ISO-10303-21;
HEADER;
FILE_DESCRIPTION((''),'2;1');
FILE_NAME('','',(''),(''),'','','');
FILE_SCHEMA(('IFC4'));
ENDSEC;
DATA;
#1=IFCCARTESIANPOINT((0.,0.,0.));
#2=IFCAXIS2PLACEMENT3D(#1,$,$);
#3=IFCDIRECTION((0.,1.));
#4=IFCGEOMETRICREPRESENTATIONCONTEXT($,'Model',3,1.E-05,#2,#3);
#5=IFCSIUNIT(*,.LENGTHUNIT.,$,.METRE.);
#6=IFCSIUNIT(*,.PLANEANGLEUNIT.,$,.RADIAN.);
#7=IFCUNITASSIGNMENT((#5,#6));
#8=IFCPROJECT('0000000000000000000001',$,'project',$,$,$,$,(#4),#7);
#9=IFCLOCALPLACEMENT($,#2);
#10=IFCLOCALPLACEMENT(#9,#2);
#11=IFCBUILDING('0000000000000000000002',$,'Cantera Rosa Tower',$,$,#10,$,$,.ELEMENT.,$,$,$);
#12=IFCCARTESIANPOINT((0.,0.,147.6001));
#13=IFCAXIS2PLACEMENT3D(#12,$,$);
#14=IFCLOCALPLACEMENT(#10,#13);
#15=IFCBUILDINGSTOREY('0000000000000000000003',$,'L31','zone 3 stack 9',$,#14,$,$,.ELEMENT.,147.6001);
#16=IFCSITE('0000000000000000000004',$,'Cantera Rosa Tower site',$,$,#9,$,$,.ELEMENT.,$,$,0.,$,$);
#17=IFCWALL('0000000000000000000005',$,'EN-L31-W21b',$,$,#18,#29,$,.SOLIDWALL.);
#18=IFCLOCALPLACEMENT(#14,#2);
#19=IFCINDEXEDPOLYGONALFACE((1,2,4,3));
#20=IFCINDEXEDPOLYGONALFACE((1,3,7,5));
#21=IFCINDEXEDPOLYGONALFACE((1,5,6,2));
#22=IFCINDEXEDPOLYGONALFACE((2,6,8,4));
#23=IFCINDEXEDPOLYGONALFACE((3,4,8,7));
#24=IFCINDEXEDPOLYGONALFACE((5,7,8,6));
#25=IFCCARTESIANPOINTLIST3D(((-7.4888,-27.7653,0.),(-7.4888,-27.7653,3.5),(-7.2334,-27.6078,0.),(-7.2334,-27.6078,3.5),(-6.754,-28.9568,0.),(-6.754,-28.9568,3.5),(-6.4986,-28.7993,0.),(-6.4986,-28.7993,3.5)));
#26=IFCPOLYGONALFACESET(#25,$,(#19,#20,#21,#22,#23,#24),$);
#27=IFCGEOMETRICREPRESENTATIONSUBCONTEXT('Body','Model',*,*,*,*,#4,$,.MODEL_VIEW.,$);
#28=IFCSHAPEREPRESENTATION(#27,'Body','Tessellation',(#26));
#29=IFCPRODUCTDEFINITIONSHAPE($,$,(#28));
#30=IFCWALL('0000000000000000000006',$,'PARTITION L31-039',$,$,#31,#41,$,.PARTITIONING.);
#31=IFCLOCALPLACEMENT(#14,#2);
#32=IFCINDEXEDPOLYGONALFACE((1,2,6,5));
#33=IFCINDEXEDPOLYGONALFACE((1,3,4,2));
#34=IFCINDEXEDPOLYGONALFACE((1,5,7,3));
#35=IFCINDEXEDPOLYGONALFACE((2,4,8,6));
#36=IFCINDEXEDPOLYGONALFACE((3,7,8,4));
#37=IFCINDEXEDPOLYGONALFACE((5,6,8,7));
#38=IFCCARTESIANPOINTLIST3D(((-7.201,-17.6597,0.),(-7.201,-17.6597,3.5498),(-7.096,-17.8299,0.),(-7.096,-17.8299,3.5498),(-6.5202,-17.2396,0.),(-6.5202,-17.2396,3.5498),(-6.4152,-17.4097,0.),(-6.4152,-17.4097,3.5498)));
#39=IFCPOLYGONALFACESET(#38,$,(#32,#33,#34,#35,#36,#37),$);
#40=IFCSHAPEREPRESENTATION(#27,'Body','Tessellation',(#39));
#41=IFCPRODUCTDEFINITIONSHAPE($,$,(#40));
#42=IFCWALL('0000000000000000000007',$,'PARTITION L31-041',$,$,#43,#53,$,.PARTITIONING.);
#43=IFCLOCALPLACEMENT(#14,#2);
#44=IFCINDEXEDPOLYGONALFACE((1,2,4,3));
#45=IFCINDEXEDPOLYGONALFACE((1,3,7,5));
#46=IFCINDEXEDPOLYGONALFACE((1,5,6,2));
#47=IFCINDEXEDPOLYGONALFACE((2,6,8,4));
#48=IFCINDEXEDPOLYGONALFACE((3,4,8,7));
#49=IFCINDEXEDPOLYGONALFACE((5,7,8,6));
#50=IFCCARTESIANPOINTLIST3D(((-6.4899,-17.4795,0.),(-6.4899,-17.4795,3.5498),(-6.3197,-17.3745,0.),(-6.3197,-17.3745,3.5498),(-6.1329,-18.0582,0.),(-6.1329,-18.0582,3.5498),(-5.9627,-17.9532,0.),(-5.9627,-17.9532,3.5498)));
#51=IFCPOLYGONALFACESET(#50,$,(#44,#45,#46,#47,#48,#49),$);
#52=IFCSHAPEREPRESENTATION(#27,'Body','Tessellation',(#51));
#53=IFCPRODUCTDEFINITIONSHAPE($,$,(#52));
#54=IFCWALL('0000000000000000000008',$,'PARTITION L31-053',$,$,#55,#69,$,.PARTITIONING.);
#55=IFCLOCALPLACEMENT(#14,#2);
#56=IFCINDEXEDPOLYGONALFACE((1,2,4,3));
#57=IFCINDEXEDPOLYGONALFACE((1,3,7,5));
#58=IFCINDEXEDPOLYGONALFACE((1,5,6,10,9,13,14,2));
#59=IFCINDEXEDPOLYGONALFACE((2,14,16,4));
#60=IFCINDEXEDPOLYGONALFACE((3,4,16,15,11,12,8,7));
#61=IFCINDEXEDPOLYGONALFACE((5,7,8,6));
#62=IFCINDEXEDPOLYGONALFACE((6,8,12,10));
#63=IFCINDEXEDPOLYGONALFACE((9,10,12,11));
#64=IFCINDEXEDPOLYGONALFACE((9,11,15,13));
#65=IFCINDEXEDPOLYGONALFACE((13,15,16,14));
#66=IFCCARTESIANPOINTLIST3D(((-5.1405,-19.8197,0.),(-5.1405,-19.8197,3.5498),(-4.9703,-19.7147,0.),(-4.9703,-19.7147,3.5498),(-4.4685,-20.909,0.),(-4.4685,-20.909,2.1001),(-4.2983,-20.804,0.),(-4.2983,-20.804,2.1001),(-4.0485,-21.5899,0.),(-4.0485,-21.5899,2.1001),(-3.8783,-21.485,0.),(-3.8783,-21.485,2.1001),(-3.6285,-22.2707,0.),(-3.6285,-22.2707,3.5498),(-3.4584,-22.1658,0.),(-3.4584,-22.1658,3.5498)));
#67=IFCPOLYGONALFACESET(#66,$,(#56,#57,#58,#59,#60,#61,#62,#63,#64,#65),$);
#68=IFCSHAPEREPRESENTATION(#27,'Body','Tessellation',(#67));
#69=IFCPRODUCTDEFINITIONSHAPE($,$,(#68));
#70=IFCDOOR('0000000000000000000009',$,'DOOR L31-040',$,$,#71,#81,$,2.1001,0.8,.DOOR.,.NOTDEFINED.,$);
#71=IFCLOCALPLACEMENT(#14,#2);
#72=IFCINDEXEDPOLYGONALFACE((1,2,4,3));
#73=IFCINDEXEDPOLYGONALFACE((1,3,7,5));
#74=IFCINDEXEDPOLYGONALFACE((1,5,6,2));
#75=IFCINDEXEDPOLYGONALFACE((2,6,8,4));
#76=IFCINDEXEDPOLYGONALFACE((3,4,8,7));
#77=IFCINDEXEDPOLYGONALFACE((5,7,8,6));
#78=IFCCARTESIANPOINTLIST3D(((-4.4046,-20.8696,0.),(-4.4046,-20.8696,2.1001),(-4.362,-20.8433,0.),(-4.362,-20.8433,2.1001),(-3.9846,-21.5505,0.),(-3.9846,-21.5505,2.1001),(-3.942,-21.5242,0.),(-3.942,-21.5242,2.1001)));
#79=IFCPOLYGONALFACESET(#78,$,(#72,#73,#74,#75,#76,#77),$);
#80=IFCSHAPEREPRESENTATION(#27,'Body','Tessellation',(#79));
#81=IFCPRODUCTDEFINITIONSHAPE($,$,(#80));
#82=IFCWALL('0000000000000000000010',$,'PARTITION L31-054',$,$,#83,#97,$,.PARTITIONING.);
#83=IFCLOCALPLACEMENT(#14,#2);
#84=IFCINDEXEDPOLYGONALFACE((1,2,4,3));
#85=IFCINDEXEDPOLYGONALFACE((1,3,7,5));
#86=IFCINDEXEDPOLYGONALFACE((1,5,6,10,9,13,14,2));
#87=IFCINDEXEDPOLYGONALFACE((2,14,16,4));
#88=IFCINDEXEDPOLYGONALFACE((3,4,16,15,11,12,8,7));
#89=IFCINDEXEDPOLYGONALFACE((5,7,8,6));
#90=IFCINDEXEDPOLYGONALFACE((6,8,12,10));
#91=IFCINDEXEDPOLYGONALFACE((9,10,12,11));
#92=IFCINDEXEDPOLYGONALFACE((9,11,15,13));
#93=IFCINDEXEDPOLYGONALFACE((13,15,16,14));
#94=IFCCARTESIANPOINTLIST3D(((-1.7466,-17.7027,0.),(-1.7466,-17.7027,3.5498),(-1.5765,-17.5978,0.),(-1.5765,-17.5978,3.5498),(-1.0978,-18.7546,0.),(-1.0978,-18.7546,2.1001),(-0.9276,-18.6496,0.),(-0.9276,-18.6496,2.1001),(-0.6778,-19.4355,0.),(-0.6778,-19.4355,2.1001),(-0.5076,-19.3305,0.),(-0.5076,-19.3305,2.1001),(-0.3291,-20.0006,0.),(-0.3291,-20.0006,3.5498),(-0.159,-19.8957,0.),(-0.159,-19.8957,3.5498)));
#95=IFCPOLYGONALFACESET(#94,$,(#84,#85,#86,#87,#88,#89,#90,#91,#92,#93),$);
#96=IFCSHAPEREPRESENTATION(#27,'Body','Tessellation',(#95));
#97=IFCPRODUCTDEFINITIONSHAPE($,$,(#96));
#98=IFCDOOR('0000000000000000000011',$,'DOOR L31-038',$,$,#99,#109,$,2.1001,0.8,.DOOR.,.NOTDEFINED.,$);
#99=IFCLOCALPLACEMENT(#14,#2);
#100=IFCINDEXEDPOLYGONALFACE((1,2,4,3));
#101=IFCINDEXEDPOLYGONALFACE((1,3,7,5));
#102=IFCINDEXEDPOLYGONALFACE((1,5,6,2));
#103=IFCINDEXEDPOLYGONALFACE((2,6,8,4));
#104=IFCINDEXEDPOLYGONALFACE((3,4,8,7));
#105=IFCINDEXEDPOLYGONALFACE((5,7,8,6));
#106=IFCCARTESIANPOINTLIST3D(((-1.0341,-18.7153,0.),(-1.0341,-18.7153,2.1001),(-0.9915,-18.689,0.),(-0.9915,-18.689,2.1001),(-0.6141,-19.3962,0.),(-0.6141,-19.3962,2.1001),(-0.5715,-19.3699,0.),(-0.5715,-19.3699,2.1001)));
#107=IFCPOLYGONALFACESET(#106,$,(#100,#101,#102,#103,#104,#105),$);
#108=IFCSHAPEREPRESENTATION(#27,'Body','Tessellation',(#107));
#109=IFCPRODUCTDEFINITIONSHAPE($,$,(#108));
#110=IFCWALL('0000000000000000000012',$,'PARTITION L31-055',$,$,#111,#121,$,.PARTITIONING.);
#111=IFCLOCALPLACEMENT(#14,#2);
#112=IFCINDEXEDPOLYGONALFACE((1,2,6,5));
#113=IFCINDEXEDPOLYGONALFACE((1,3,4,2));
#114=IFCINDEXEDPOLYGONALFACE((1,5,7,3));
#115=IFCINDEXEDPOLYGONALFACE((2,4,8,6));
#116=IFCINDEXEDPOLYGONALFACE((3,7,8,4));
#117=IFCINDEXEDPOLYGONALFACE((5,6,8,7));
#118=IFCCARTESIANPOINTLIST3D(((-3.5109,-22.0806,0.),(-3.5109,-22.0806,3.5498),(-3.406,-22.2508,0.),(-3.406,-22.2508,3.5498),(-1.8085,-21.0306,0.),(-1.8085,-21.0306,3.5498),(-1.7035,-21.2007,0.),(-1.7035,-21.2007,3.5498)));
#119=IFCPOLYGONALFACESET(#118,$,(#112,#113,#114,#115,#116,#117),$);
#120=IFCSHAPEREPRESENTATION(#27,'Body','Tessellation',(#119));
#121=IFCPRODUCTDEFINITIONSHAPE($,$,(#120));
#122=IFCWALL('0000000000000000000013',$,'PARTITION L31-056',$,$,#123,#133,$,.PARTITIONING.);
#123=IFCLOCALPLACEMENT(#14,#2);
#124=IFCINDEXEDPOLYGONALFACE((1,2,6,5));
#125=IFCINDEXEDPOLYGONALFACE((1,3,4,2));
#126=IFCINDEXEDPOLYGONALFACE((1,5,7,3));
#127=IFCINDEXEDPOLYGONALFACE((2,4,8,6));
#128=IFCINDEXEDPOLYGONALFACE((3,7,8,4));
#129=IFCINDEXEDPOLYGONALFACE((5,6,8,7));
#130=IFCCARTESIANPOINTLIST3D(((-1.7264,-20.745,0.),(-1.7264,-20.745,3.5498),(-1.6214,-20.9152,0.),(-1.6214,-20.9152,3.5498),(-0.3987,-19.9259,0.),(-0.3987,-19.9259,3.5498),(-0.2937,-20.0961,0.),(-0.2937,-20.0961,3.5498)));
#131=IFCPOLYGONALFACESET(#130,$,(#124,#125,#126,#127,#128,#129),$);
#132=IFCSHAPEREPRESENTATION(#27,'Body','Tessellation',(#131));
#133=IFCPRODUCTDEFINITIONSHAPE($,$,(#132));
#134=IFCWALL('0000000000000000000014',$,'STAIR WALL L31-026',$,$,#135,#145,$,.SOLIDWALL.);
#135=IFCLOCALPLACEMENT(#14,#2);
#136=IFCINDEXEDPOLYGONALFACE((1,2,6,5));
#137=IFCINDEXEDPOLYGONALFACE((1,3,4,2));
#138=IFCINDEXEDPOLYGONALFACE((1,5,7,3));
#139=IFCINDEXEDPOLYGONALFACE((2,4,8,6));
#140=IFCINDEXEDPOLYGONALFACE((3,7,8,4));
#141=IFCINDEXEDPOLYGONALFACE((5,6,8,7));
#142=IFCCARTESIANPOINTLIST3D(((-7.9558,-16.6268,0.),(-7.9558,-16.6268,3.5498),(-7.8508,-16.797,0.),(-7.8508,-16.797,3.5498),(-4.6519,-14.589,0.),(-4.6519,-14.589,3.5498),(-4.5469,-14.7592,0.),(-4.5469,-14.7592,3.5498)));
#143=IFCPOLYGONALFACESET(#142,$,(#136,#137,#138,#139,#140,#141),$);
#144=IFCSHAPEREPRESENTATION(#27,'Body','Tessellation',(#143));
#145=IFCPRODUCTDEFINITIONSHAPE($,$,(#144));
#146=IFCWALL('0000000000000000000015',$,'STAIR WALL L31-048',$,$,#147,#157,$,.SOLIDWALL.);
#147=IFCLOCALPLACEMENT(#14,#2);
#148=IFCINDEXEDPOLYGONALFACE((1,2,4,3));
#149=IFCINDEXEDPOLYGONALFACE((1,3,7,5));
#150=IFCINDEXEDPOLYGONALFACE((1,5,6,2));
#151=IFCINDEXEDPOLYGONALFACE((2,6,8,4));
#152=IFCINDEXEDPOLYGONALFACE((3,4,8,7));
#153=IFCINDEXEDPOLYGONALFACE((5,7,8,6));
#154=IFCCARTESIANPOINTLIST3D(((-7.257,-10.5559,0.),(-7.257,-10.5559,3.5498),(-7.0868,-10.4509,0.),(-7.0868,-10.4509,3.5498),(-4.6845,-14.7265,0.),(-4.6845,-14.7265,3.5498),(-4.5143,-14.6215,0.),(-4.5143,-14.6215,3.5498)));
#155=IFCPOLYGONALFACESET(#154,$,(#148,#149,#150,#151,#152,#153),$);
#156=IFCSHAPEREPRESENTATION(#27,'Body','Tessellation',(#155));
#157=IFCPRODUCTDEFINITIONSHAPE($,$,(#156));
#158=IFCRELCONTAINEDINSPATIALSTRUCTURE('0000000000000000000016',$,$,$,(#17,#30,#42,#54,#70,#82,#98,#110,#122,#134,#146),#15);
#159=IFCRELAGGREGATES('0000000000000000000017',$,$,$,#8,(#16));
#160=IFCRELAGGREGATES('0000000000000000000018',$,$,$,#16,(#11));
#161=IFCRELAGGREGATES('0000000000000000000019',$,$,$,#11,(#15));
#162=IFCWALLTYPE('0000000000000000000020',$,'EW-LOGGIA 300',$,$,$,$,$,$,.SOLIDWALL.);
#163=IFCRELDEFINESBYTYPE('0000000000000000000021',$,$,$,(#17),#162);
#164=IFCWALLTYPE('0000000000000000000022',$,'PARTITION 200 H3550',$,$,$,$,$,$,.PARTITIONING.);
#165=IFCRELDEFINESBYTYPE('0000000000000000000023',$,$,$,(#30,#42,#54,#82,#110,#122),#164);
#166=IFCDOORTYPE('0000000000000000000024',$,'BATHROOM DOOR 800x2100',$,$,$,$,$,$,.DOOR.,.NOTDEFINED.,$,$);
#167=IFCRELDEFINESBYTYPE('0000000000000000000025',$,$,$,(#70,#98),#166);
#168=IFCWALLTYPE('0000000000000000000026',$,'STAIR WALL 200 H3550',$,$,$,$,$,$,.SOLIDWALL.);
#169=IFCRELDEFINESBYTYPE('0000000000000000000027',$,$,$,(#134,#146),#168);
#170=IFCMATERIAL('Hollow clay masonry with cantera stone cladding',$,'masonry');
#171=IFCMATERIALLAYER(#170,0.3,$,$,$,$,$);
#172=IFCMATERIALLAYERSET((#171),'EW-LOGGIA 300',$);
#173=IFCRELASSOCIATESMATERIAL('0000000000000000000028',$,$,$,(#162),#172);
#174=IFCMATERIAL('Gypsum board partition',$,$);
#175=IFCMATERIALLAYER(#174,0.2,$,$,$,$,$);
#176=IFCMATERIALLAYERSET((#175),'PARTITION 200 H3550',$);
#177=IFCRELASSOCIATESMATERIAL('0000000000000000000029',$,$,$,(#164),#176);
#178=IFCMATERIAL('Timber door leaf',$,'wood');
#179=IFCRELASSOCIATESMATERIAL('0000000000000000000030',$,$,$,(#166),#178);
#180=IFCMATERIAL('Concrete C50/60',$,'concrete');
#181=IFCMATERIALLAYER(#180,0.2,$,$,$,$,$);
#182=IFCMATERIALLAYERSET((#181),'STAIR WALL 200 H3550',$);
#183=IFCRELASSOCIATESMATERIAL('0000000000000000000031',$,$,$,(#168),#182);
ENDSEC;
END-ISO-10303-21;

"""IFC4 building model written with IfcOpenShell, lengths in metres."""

from ifc_helpers import new_model, si_unit, direction, frame, frame_2d, origin, place, context, subcontext, project, spatial, rectangle, extrude, material, layer, layer_set, type_object, element, fill, save


model = new_model("IFC4")

# Units and contexts
model_context = context("Model", 3, precision=1e-05, world=origin(), true_north=direction((0.0, 1.0)))
body_context = subcontext(model_context, "Body", "Model", "MODEL_VIEW")
ifc_project = project(units=[si_unit("LENGTHUNIT", "METRE"), si_unit("PLANEANGLEUNIT", "RADIAN")], contexts=[model_context])

# Site, building, storey
site_placement = place(None, origin())
site = spatial("IfcSite", under=ifc_project, at=site_placement, Name="Cantera Rosa Tower site", CompositionType="ELEMENT", RefElevation=0.0)
building_placement = place(site_placement, origin())
building = spatial("IfcBuilding", under=site, at=building_placement, Name="Cantera Rosa Tower", CompositionType="ELEMENT")
storey_placement = place(building_placement, frame((0.0, 0.0, 147.6001)))
storey = spatial("IfcBuildingStorey", under=building, at=storey_placement, Name="L31", Description="zone 3 stack 9", CompositionType="ELEMENT", Elevation=147.6001)

# Wall
ifc_material_1 = material(Name="Hollow clay masonry with cantera stone cladding", Category="masonry")
ifc_layer_1 = layer(ifc_material_1, 0.3)
ifc_layer_set_1 = layer_set([ifc_layer_1], Name="EW-LOGGIA 300")
wall_type_1 = type_object("IfcWallType", Name="EW-LOGGIA 300", PredefinedType="SOLIDWALL", material=ifc_layer_set_1)
wall_1_placement = place(storey_placement, frame((-7.3611, -27.6865, 0.0), z_axis=(0.0, 0.0, 1.0), x_axis=(0.524895, -0.851167, 0.0)))
element("IfcWall", 1, at=wall_1_placement, inside=storey, type_object=wall_type_1, Name="EN-L31-W21b", PredefinedType="SOLIDWALL", context=body_context, shape_type="SweptSolid", body=[
    extrude(rectangle(XDim=1.3999, YDim=0.3, at=frame_2d((0.7, 0.0))), origin(), (0.0, 0.0, 1.0), 3.5),
])

# Walls
ifc_material_2 = material(Name="Gypsum board partition")
ifc_layer_2 = layer(ifc_material_2, 0.2)
ifc_layer_set_2 = layer_set([ifc_layer_2], Name="PARTITION 200 H3550")
wall_type_2 = type_object("IfcWallType", Name="PARTITION 200 H3550", PredefinedType="PARTITIONING", material=ifc_layer_set_2)
wall_2_placement = place(storey_placement, frame((-6.4678, -17.3247, 0.0), z_axis=(0.0, 0.0, 1.0), x_axis=(-0.851019, -0.525136, 0.0)))
element("IfcWall", 2, at=wall_2_placement, inside=storey, type_object=wall_type_2, Name="PARTITION L31-039", PredefinedType="PARTITIONING", context=body_context, shape_type="SweptSolid", body=[
    extrude(rectangle(XDim=0.8, YDim=0.2, at=frame_2d((0.3999, 0.0))), origin(), (0.0, 0.0, 1.0), 3.5498),
])
wall_3_placement = place(storey_placement, frame((-6.0479, -18.0056, 0.0), z_axis=(0.0, 0.0, 1.0), x_axis=(-0.525019, 0.851091, 0.0)))
element("IfcWall", 3, at=wall_3_placement, inside=storey, type_object=wall_type_2, Name="PARTITION L31-041", PredefinedType="PARTITIONING", context=body_context, shape_type="SweptSolid", body=[
    extrude(rectangle(XDim=0.6799, YDim=0.2, at=frame_2d((0.3398, 0.0))), origin(), (0.0, 0.0, 1.0), 3.5498),
])

# Walls, openings, doors
wall_4_placement = place(storey_placement, frame((-3.5435, -22.2183, 0.0), z_axis=(0.0, 0.0, 1.0), x_axis=(-0.524991, 0.851108, 0.0)))
wall_4 = element("IfcWall", 4, at=wall_4_placement, inside=storey, type_object=wall_type_2, Name="PARTITION L31-053", PredefinedType="PARTITIONING", context=body_context, shape_type="SweptSolid", body=[
    extrude(rectangle(XDim=2.8799, YDim=0.2, at=frame_2d((1.4399, 0.0))), origin(), (0.0, 0.0, 1.0), 3.5498),
])
opening_1_placement = place(wall_4_placement, frame((0.8, 0.0, 0.0)))
opening_1 = element("IfcOpeningElement", 5, at=opening_1_placement, cuts=wall_4, PredefinedType="OPENING", context=body_context, shape_type="SweptSolid", body=[
    extrude(rectangle(XDim=0.8, YDim=2.1001, at=frame_2d((0.3999, 1.05))), frame((0.0, 0.1099, 0.0), z_axis=(0.0, -1.0, 0.0), x_axis=(1.0, 0.0, 0.0)), (0.0, 0.0, 1.0), 0.22),
])
ifc_material_3 = material(Name="Timber door leaf", Category="wood")
door_type_1 = type_object("IfcDoorType", Name="BATHROOM DOOR 800x2100", OperationType="NOTDEFINED", PredefinedType="DOOR", material=ifc_material_3)
door_1_placement = place(opening_1_placement, origin())
door_1 = element("IfcDoor", 6, at=door_1_placement, inside=storey, type_object=door_type_1, Name="DOOR L31-040", OperationType="NOTDEFINED", OverallHeight=2.1001, OverallWidth=0.8, PredefinedType="DOOR", context=body_context, shape_type="SweptSolid", body=[
    extrude(rectangle(XDim=0.8, YDim=2.1001, at=frame_2d((0.3999, 1.05))), frame((0.0, 0.0249, 0.0), z_axis=(0.0, -1.0, 0.0), x_axis=(1.0, 0.0, 0.0)), (0.0, 0.0, 1.0), 0.05),
])
fill(opening_1, door_1)
wall_5_placement = place(storey_placement, frame((-1.6616, -17.6501, 0.0), z_axis=(0.0, 0.0, 1.0), x_axis=(0.525015, -0.851093, 0.0)))
wall_5 = element("IfcWall", 7, at=wall_5_placement, inside=storey, type_object=wall_type_2, Name="PARTITION L31-054", PredefinedType="PARTITIONING", context=body_context, shape_type="SweptSolid", body=[
    extrude(rectangle(XDim=2.7, YDim=0.2, at=frame_2d((1.3501, 0.0))), origin(), (0.0, 0.0, 1.0), 3.5498),
])
opening_2_placement = place(wall_5_placement, frame((1.2361, 0.0, 0.0)))
opening_2 = element("IfcOpeningElement", 8, at=opening_2_placement, cuts=wall_5, PredefinedType="OPENING", context=body_context, shape_type="SweptSolid", body=[
    extrude(rectangle(XDim=0.8, YDim=2.1001, at=frame_2d((0.3999, 1.05))), frame((0.0, 0.1099, 0.0), z_axis=(0.0, -1.0, 0.0), x_axis=(1.0, 0.0, 0.0)), (0.0, 0.0, 1.0), 0.22),
])
door_2_placement = place(opening_2_placement, origin())
door_2 = element("IfcDoor", 9, at=door_2_placement, inside=storey, type_object=door_type_1, Name="DOOR L31-038", OperationType="NOTDEFINED", OverallHeight=2.1001, OverallWidth=0.8, PredefinedType="DOOR", context=body_context, shape_type="SweptSolid", body=[
    extrude(rectangle(XDim=0.8, YDim=2.1001, at=frame_2d((0.3999, 1.05))), frame((0.0, 0.0249, 0.0), z_axis=(0.0, -1.0, 0.0), x_axis=(1.0, 0.0, 0.0)), (0.0, 0.0, 1.0), 0.05),
])
fill(opening_2, door_2)

# Walls
wall_6_placement = place(storey_placement, frame((-1.7561, -21.1157, 0.0), z_axis=(0.0, 0.0, 1.0), x_axis=(-0.851117, -0.524976, 0.0)))
element("IfcWall", 10, at=wall_6_placement, inside=storey, type_object=wall_type_2, Name="PARTITION L31-055", PredefinedType="PARTITIONING", context=body_context, shape_type="SweptSolid", body=[
    extrude(rectangle(XDim=2.0002, YDim=0.2, at=frame_2d((1.0, 0.0))), origin(), (0.0, 0.0, 1.0), 3.5498),
])
wall_7_placement = place(storey_placement, frame((-0.3462, -20.011, 0.0), z_axis=(0.0, 0.0, 1.0), x_axis=(-0.851061, -0.525066, 0.0)))
element("IfcWall", 11, at=wall_7_placement, inside=storey, type_object=wall_type_2, Name="PARTITION L31-056", PredefinedType="PARTITIONING", context=body_context, shape_type="SweptSolid", body=[
    extrude(rectangle(XDim=1.5601, YDim=0.2, at=frame_2d((0.78, 0.0))), origin(), (0.0, 0.0, 1.0), 3.5498),
])
ifc_material_4 = material(Name="Concrete C50/60", Category="concrete")
ifc_layer_3 = layer(ifc_material_4, 0.2)
ifc_layer_set_3 = layer_set([ifc_layer_3], Name="STAIR WALL 200 H3550")
wall_type_3 = type_object("IfcWallType", Name="STAIR WALL 200 H3550", PredefinedType="SOLIDWALL", material=ifc_layer_set_3)
wall_8_placement = place(storey_placement, frame((-7.9033, -16.7119, 0.0), z_axis=(0.0, 0.0, 1.0), x_axis=(0.851125, 0.524964, 0.0)))
element("IfcWall", 12, at=wall_8_placement, inside=storey, type_object=wall_type_3, Name="STAIR WALL L31-026", PredefinedType="SOLIDWALL", context=body_context, shape_type="SweptSolid", body=[
    extrude(rectangle(XDim=3.8818, YDim=0.2, at=frame_2d((1.9409, 0.0))), origin(), (0.0, 0.0, 1.0), 3.5498),
])
wall_9_placement = place(storey_placement, frame((-4.5994, -14.6741, 0.0), z_axis=(0.0, 0.0, 1.0), x_axis=(-0.524978, 0.851116, 0.0)))
element("IfcWall", 13, at=wall_9_placement, inside=storey, type_object=wall_type_3, Name="STAIR WALL L31-048", PredefinedType="SOLIDWALL", context=body_context, shape_type="SweptSolid", body=[
    extrude(rectangle(XDim=4.9001, YDim=0.2, at=frame_2d((2.4502, 0.0))), origin(), (0.0, 0.0, 1.0), 3.5498),
])

save(model, "model.ifc")
